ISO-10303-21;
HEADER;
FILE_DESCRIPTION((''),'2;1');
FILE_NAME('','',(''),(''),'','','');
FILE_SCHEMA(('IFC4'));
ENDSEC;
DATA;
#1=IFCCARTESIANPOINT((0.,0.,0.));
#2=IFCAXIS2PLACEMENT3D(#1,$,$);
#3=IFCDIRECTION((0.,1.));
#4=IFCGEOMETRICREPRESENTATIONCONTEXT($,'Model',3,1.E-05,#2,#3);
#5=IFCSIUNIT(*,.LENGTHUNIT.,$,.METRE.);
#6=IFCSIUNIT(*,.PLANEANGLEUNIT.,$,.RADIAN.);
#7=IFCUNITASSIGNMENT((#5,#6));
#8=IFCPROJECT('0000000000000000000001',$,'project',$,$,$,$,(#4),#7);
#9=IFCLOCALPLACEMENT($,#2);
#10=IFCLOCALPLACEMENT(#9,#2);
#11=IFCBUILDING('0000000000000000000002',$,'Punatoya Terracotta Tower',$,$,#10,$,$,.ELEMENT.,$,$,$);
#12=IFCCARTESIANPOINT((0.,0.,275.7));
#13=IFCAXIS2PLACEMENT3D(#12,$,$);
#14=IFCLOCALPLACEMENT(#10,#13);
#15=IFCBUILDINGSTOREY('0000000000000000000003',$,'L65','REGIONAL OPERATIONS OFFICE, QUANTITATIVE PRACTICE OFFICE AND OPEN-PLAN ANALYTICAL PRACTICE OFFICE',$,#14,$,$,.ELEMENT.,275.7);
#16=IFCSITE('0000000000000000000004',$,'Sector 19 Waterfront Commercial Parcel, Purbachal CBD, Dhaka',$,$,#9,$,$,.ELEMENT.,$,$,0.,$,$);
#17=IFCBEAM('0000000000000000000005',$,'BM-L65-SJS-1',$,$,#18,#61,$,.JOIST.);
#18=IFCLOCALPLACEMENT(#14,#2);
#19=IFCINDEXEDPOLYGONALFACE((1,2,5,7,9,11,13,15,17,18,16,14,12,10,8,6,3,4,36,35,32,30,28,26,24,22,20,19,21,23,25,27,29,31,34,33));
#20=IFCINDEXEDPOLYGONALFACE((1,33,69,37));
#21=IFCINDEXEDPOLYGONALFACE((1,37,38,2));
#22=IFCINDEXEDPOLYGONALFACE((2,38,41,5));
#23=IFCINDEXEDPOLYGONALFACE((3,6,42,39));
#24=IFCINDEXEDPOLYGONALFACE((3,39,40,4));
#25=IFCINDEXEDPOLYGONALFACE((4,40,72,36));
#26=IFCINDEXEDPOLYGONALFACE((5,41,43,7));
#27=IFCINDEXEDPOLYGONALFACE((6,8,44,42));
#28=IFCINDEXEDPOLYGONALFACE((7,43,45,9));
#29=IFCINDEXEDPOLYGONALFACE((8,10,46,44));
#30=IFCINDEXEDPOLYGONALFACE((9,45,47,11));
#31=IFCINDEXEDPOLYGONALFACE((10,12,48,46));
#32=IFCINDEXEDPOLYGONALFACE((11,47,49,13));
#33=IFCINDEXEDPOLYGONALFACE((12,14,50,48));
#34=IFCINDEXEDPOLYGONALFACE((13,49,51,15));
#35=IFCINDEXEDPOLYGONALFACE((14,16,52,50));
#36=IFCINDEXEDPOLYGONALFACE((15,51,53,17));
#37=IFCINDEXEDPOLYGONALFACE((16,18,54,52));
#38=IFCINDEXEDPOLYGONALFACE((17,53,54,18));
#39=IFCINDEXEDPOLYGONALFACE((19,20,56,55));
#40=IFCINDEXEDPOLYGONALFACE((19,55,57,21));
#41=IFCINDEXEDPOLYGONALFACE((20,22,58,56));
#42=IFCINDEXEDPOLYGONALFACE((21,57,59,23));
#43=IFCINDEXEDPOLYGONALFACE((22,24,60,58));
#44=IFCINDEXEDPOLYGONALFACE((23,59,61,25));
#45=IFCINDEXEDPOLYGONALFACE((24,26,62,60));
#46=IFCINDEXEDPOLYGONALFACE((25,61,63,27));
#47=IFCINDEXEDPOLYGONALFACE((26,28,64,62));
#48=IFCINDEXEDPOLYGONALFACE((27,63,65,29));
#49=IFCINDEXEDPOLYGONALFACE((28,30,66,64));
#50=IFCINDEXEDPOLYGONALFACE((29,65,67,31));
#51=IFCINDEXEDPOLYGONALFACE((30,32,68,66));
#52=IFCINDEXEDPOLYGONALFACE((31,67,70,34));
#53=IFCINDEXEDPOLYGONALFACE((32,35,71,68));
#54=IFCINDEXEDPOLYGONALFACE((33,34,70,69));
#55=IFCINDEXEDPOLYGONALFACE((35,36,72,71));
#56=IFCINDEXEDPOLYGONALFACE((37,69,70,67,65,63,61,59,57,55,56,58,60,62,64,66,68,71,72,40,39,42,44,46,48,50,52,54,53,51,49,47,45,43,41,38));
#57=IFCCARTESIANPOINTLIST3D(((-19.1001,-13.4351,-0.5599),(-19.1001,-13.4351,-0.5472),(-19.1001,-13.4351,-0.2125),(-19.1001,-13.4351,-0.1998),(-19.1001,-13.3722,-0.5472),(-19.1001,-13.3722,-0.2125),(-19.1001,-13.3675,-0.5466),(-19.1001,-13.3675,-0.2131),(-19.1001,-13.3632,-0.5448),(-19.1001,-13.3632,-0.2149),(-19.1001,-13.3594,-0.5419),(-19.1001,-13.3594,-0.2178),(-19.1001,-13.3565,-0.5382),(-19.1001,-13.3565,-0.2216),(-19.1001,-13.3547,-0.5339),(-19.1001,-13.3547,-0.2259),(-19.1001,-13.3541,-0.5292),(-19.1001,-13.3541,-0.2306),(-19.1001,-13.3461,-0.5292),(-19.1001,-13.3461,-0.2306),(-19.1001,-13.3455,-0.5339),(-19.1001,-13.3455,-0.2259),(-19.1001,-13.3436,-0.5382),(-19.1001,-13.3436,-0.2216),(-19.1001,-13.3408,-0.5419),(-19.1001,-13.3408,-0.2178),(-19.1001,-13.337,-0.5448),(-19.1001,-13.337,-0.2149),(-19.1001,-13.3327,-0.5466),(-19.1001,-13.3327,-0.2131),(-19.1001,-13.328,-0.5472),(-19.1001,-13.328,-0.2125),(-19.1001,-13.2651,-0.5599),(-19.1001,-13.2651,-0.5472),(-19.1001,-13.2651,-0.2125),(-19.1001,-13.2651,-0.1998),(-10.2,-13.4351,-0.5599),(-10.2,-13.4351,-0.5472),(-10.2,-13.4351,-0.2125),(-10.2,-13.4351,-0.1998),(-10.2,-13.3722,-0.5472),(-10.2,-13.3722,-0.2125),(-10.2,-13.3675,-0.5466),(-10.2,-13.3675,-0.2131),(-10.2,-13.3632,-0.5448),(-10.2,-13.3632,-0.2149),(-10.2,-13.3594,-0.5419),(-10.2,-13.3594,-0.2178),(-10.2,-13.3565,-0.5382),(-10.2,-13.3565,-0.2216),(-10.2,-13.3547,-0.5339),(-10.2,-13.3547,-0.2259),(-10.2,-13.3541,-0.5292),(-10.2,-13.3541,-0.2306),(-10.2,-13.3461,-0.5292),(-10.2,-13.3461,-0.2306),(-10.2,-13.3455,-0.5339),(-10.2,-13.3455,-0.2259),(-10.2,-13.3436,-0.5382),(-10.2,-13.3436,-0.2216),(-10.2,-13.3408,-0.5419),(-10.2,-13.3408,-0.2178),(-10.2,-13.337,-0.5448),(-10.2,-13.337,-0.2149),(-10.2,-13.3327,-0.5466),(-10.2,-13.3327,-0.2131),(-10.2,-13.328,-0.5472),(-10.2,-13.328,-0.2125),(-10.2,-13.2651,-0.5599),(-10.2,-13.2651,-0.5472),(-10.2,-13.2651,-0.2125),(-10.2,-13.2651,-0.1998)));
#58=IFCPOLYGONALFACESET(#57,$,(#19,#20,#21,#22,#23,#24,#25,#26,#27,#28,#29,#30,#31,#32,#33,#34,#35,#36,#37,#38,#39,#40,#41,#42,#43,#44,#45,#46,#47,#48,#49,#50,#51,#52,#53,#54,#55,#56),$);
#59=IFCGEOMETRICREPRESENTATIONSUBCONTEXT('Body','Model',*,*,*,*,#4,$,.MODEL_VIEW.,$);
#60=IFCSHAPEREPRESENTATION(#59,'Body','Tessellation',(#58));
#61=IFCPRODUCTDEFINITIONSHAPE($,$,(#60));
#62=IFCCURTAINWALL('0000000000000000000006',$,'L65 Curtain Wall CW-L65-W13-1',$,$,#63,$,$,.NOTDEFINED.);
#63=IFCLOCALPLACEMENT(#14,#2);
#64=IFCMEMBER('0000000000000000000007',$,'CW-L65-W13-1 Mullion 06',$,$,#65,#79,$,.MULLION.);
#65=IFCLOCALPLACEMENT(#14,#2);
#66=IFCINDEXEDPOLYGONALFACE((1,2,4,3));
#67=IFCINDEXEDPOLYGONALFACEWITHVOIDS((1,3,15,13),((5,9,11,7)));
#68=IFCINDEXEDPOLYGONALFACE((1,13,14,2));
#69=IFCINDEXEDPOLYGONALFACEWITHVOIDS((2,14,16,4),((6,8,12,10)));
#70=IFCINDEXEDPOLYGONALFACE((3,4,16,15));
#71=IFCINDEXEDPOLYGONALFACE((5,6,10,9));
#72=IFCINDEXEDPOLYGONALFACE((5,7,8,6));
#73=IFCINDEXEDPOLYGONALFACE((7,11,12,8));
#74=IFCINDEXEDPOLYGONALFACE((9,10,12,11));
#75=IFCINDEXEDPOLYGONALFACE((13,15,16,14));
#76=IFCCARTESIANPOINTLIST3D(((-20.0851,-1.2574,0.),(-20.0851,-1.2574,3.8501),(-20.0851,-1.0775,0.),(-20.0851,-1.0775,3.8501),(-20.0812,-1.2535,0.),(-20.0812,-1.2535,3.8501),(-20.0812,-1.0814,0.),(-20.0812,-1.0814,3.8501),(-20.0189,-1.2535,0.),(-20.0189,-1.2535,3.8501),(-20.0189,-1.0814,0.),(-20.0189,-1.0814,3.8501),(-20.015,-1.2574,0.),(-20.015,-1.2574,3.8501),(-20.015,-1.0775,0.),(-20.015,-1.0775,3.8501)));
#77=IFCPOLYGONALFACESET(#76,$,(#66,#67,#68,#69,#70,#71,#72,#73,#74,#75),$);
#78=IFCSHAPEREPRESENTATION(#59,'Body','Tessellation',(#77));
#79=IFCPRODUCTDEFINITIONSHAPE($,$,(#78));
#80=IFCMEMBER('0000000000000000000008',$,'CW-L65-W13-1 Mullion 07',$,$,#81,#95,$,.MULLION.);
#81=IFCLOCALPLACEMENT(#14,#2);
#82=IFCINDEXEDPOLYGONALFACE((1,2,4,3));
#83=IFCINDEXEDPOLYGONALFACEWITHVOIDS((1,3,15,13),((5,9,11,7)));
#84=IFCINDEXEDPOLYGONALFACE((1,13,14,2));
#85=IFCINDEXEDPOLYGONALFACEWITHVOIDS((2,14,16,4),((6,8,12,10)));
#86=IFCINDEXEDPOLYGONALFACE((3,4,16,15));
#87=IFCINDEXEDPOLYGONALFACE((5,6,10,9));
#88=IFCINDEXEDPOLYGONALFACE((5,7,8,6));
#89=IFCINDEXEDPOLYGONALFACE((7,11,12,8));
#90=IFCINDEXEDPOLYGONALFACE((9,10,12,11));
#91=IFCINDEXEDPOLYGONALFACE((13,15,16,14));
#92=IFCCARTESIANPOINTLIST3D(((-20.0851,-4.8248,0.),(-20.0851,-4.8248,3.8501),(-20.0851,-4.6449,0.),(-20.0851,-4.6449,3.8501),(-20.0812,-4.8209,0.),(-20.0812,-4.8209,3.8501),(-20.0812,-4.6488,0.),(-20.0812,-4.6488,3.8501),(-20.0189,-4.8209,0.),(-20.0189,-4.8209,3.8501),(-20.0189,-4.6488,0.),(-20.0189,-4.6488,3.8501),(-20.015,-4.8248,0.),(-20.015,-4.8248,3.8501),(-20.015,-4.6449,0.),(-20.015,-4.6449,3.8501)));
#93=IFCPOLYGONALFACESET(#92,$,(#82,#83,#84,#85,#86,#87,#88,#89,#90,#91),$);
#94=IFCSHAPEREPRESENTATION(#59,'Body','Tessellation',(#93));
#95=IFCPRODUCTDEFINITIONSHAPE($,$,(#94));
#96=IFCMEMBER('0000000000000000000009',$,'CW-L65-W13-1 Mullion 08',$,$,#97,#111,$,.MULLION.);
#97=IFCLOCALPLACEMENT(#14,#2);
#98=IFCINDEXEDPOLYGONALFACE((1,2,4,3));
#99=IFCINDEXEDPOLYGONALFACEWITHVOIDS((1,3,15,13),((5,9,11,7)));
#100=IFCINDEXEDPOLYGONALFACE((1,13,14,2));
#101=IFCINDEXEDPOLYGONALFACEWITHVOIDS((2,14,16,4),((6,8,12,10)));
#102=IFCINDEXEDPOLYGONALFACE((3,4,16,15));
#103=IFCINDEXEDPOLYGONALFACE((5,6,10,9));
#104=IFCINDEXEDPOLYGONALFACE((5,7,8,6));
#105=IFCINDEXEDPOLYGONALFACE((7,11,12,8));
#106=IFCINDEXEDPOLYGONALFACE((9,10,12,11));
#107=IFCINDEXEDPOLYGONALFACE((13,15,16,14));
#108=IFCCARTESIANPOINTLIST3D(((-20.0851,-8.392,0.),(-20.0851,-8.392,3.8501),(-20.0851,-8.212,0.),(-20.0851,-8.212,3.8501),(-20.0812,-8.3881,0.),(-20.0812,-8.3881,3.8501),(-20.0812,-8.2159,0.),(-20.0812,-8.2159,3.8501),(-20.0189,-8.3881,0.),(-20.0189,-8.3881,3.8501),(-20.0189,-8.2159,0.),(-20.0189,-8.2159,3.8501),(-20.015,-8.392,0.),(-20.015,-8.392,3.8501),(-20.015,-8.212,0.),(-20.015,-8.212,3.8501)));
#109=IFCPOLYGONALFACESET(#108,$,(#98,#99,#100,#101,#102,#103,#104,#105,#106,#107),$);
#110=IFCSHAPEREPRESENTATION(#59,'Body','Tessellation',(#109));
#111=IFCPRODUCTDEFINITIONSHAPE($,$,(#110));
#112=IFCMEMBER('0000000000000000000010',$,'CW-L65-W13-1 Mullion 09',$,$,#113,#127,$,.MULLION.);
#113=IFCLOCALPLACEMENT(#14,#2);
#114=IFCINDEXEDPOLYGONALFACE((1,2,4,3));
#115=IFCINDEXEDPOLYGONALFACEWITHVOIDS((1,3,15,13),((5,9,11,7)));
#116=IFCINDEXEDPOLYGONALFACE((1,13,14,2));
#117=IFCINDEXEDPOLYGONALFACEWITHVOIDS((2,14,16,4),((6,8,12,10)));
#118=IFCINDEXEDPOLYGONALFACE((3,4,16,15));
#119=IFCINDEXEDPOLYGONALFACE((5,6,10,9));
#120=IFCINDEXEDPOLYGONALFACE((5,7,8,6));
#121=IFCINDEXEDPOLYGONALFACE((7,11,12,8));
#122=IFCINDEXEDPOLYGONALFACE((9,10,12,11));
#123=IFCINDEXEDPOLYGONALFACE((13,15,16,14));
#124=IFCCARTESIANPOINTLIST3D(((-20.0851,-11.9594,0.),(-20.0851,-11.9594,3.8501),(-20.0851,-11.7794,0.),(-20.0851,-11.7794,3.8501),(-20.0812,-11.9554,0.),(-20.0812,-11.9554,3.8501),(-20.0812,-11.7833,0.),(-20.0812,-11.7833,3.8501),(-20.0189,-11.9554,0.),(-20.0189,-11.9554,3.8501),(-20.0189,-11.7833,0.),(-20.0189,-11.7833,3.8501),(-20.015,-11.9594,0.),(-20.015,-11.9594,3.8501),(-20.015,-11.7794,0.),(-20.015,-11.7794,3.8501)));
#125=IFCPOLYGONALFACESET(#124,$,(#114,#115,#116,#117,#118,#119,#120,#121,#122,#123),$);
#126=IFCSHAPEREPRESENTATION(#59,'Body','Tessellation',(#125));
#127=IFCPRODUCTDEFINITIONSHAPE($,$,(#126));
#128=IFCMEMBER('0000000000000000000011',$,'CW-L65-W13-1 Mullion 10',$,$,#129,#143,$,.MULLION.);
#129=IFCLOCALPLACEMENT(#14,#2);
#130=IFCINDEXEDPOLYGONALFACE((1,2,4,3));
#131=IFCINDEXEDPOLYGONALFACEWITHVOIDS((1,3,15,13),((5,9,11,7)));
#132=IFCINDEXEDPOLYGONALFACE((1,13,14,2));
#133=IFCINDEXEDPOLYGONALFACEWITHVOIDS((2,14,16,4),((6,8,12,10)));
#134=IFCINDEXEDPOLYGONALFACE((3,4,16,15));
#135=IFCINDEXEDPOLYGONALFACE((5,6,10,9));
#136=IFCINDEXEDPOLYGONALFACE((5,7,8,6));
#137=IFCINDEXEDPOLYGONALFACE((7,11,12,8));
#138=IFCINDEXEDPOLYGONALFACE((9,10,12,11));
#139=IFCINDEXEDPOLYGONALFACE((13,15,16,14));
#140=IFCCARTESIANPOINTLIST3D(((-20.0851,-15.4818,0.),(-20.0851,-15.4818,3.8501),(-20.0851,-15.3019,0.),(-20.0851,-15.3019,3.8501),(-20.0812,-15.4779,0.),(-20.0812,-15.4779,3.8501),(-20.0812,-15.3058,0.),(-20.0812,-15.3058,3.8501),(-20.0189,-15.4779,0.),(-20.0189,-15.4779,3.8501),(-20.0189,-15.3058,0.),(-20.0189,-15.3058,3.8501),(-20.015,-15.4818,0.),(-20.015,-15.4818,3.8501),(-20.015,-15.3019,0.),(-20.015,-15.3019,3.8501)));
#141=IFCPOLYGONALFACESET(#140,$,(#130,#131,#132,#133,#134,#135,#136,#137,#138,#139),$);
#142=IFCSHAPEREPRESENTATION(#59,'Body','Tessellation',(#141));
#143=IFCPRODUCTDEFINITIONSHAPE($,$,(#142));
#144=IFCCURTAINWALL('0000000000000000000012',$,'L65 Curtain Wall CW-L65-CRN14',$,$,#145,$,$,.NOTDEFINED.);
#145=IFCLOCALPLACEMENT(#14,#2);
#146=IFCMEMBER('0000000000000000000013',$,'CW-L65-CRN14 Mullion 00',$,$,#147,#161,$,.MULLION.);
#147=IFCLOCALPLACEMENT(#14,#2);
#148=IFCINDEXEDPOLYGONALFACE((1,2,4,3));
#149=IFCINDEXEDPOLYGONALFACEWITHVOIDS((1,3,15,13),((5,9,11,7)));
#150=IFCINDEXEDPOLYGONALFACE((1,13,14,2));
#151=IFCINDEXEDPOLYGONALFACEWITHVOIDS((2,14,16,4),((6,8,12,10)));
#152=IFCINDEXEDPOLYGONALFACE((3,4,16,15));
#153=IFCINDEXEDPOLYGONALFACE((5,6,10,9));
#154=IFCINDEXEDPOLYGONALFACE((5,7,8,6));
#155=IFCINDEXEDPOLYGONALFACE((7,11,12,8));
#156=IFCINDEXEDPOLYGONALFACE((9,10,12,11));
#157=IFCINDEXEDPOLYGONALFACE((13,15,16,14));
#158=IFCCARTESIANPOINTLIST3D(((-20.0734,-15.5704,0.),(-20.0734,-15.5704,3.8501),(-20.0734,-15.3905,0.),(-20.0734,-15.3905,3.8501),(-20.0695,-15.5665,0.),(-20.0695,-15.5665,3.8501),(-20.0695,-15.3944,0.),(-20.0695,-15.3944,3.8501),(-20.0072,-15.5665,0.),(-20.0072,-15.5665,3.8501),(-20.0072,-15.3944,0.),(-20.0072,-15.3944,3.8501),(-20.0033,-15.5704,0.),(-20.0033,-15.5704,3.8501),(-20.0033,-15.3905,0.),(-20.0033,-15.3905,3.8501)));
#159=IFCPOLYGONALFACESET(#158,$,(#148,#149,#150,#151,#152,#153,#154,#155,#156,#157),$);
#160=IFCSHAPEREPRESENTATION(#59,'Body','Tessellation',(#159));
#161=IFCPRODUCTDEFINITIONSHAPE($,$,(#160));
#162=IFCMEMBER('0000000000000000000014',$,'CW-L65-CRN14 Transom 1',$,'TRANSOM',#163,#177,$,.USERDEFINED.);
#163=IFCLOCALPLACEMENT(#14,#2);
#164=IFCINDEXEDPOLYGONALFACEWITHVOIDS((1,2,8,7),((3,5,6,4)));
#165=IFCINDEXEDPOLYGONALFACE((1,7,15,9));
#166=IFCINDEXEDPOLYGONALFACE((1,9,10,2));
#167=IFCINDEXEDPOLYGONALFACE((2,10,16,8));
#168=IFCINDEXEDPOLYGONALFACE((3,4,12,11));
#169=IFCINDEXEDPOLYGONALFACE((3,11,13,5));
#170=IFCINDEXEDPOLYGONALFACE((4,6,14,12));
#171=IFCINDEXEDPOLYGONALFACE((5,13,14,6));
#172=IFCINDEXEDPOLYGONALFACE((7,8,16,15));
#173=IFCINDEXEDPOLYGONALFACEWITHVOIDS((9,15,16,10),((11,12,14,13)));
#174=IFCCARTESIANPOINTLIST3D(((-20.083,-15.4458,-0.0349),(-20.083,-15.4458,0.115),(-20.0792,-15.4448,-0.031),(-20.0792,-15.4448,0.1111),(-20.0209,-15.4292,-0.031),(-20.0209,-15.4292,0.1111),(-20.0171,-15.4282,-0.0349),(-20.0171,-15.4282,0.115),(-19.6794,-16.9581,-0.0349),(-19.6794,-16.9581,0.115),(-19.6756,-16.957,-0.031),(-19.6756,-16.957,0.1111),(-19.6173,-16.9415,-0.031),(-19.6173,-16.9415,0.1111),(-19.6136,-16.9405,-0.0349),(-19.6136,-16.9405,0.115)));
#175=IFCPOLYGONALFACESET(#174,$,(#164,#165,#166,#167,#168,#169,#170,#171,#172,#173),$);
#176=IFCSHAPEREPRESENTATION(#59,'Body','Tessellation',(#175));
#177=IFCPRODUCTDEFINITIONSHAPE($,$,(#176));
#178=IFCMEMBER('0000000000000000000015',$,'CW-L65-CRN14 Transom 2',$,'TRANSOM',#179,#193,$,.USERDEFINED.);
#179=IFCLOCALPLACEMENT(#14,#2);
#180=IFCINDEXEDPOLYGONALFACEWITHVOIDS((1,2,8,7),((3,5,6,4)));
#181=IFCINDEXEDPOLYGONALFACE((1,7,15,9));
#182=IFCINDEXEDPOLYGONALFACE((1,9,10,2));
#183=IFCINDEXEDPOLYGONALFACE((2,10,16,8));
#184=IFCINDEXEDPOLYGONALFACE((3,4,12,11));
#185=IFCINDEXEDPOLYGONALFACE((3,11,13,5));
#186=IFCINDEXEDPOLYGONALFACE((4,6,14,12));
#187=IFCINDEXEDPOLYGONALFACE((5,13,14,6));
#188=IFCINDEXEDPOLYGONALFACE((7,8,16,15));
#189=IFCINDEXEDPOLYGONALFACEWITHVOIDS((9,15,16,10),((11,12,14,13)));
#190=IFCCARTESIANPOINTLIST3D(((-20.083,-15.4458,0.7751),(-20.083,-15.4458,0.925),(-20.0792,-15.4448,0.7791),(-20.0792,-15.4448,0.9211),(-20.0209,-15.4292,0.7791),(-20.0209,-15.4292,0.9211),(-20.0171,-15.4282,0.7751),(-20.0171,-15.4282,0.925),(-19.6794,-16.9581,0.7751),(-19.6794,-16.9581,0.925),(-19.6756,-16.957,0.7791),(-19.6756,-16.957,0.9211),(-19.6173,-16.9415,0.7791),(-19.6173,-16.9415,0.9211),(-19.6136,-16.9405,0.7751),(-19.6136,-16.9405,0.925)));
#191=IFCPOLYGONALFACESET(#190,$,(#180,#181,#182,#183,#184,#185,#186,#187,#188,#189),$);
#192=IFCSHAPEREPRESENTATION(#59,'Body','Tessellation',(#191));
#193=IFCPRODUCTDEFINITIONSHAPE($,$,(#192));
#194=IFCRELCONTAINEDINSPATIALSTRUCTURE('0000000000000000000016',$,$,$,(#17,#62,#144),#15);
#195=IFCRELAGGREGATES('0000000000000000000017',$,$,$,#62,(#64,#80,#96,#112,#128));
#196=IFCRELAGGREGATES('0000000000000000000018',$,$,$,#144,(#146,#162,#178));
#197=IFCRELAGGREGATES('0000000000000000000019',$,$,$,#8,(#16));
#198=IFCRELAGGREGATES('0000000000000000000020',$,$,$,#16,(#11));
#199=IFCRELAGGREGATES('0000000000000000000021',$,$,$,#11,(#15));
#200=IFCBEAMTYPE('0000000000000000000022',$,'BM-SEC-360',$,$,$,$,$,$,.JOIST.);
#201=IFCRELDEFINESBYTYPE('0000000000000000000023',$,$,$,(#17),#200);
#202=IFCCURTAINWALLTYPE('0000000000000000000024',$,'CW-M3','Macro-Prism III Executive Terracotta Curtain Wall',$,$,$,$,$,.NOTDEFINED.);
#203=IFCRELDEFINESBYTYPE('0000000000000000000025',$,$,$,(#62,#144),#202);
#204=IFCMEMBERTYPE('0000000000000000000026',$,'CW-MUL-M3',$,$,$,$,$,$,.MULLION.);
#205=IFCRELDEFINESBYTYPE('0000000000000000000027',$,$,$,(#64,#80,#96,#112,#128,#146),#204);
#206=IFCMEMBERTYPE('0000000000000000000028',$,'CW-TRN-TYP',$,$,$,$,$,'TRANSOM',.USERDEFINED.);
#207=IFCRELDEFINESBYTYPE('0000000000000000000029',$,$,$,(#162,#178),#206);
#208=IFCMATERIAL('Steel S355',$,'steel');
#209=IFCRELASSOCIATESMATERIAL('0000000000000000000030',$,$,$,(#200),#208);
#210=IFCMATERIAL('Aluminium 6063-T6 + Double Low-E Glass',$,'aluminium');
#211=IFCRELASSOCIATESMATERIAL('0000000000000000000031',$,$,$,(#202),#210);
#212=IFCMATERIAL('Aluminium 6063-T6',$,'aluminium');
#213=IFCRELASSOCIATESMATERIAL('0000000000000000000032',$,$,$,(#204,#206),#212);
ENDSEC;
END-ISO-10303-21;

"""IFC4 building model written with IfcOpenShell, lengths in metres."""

from ifc_helpers import new_model, si_unit, direction, frame, origin, origin_2d, place, context, subcontext, project, spatial, hollow_rectangle, i_section, extrude, material, material_profile, profile_set, type_object, element, aggregate, save


model = new_model("IFC4")

# Units and contexts
model_context = context("Model", 3, precision=1e-05, world=origin(), true_north=direction((0.0, 1.0)))
body_context = subcontext(model_context, "Body", "Model", "MODEL_VIEW")
ifc_project = project(units=[si_unit("LENGTHUNIT", "METRE"), si_unit("PLANEANGLEUNIT", "RADIAN")], contexts=[model_context])

# Site, building, storey
site_placement = place(None, origin())
site = spatial("IfcSite", under=ifc_project, at=site_placement, Name="Sector 19 Waterfront Commercial Parcel, Purbachal CBD, Dhaka", CompositionType="ELEMENT", RefElevation=0.0)
building_placement = place(site_placement, origin())
building = spatial("IfcBuilding", under=site, at=building_placement, Name="Punatoya Terracotta Tower", CompositionType="ELEMENT")
storey_placement = place(building_placement, frame((0.0, 0.0, 275.7)))
storey = spatial("IfcBuildingStorey", under=building, at=storey_placement, Name="L65", Description="REGIONAL OPERATIONS OFFICE, QUANTITATIVE PRACTICE OFFICE AND OPEN-PLAN ANALYTICAL PRACTICE OFFICE", CompositionType="ELEMENT", Elevation=275.7)

# Beam
ifc_material_1 = material(Name="Steel S355", Category="steel")
ifc_material_profile_1 = material_profile(ifc_material_1, i_section(OverallWidth=0.1699, OverallDepth=0.3601, WebThickness=0.0081, FlangeThickness=0.0127, FilletRadius=0.0181, at=origin_2d()))
ifc_profile_set_1 = profile_set([ifc_material_profile_1], Name="Steel S355")
beam_type_1 = type_object("IfcBeamType", Name="BM-SEC-360", PredefinedType="JOIST", material=ifc_profile_set_1)
beam_1_placement = place(storey_placement, frame((-19.1001, -13.3501, -0.3799), z_axis=(1.0, 0.0, 0.0), x_axis=(0.0, 1.0, 0.0)))
element("IfcBeam", 1, at=beam_1_placement, inside=storey, type_object=beam_type_1, Name="BM-L65-SJS-1", PredefinedType="JOIST", context=body_context, shape_type="SweptSolid", body=[
    extrude(i_section(OverallWidth=0.1699, OverallDepth=0.3601, WebThickness=0.0081, FlangeThickness=0.0127, FilletRadius=0.0181, at=origin_2d()), origin(), (0.0, 0.0, 1.0), 8.9001),
])

# Curtain walls, members
ifc_material_2 = material(Name="Aluminium 6063-T6 + Double Low-E Glass", Category="aluminium")
curtain_wall_type = type_object("IfcCurtainWallType", Name="CW-M3", Description="Macro-Prism III Executive Terracotta Curtain Wall", PredefinedType="NOTDEFINED", material=ifc_material_2)
curtain_wall_1_placement = place(storey_placement, origin())
curtain_wall_1 = element("IfcCurtainWall", 2, at=curtain_wall_1_placement, inside=storey, type_object=curtain_wall_type, Name="L65 Curtain Wall CW-L65-W13-1", PredefinedType="NOTDEFINED")
ifc_material_3 = material(Name="Aluminium 6063-T6", Category="aluminium")
ifc_material_profile_2 = material_profile(ifc_material_3, hollow_rectangle(XDim=0.0701, YDim=0.1799, WallThickness=0.0039, at=origin_2d()))
ifc_profile_set_2 = profile_set([ifc_material_profile_2], Name="Aluminium 6063-T6")
member_type_1 = type_object("IfcMemberType", Name="CW-MUL-M3", PredefinedType="MULLION", material=ifc_profile_set_2)
member_1_placement = place(storey_placement, frame((-20.05, -1.1675, 0.0), z_axis=(0.0, 0.0, 1.0), x_axis=(1.0, 0.0, 0.0)))
member_1 = element("IfcMember", 3, at=member_1_placement, type_object=member_type_1, Name="CW-L65-W13-1 Mullion 06", PredefinedType="MULLION", context=body_context, shape_type="SweptSolid", body=[
    extrude(hollow_rectangle(XDim=0.0701, YDim=0.1799, WallThickness=0.0039, at=origin_2d()), origin(), (0.0, 0.0, 1.0), 3.8501),
])
member_2_placement = place(storey_placement, frame((-20.05, -4.7349, 0.0), z_axis=(0.0, 0.0, 1.0), x_axis=(1.0, 0.0, 0.0)))
member_2 = element("IfcMember", 4, at=member_2_placement, type_object=member_type_1, Name="CW-L65-W13-1 Mullion 07", PredefinedType="MULLION", context=body_context, shape_type="SweptSolid", body=[
    extrude(hollow_rectangle(XDim=0.0701, YDim=0.1799, WallThickness=0.0039, at=origin_2d()), origin(), (0.0, 0.0, 1.0), 3.8501),
])
member_3_placement = place(storey_placement, frame((-20.05, -8.302, 0.0), z_axis=(0.0, 0.0, 1.0), x_axis=(1.0, 0.0, 0.0)))
member_3 = element("IfcMember", 5, at=member_3_placement, type_object=member_type_1, Name="CW-L65-W13-1 Mullion 08", PredefinedType="MULLION", context=body_context, shape_type="SweptSolid", body=[
    extrude(hollow_rectangle(XDim=0.0701, YDim=0.1799, WallThickness=0.0039, at=origin_2d()), origin(), (0.0, 0.0, 1.0), 3.8501),
])
member_4_placement = place(storey_placement, frame((-20.05, -11.8694, 0.0), z_axis=(0.0, 0.0, 1.0), x_axis=(1.0, 0.0, 0.0)))
member_4 = element("IfcMember", 6, at=member_4_placement, type_object=member_type_1, Name="CW-L65-W13-1 Mullion 09", PredefinedType="MULLION", context=body_context, shape_type="SweptSolid", body=[
    extrude(hollow_rectangle(XDim=0.0701, YDim=0.1799, WallThickness=0.0039, at=origin_2d()), origin(), (0.0, 0.0, 1.0), 3.8501),
])
member_5_placement = place(storey_placement, frame((-20.05, -15.3918, 0.0), z_axis=(0.0, 0.0, 1.0), x_axis=(1.0, 0.0, 0.0)))
member_5 = element("IfcMember", 7, at=member_5_placement, type_object=member_type_1, Name="CW-L65-W13-1 Mullion 10", PredefinedType="MULLION", context=body_context, shape_type="SweptSolid", body=[
    extrude(hollow_rectangle(XDim=0.0701, YDim=0.1799, WallThickness=0.0039, at=origin_2d()), origin(), (0.0, 0.0, 1.0), 3.8501),
])
curtain_wall_2_placement = place(storey_placement, origin())
curtain_wall_2 = element("IfcCurtainWall", 8, at=curtain_wall_2_placement, inside=storey, type_object=curtain_wall_type, Name="L65 Curtain Wall CW-L65-CRN14", PredefinedType="NOTDEFINED")
member_6_placement = place(storey_placement, frame((-20.0383, -15.4805, 0.0), z_axis=(0.0, 0.0, 1.0), x_axis=(1.0, 0.0, 0.0)))
member_6 = element("IfcMember", 9, at=member_6_placement, type_object=member_type_1, Name="CW-L65-CRN14 Mullion 00", PredefinedType="MULLION", context=body_context, shape_type="SweptSolid", body=[
    extrude(hollow_rectangle(XDim=0.0701, YDim=0.1799, WallThickness=0.0039, at=origin_2d()), origin(), (0.0, 0.0, 1.0), 3.8501),
])
ifc_material_profile_3 = material_profile(ifc_material_3, hollow_rectangle(XDim=0.0681, YDim=0.1499, WallThickness=0.0039, at=origin_2d()))
ifc_profile_set_3 = profile_set([ifc_material_profile_3], Name="Aluminium 6063-T6")
member_type_2 = type_object("IfcMemberType", Name="CW-TRN-TYP", ElementType="TRANSOM", PredefinedType="USERDEFINED", material=ifc_profile_set_3)
member_7_placement = place(storey_placement, frame((-20.05, -15.437, 0.04), z_axis=(0.257847, -0.966186, 0.0), x_axis=(0.966186, 0.257847, 0.0)))
member_7 = element("IfcMember", 10, at=member_7_placement, type_object=member_type_2, Name="CW-L65-CRN14 Transom 1", ObjectType="TRANSOM", PredefinedType="USERDEFINED", context=body_context, shape_type="SweptSolid", body=[
    extrude(hollow_rectangle(XDim=0.0681, YDim=0.1499, WallThickness=0.0039, at=origin_2d()), origin(), (0.0, 0.0, 1.0), 1.5652),
])
member_8_placement = place(storey_placement, frame((-20.05, -15.437, 0.8501), z_axis=(0.257847, -0.966186, 0.0), x_axis=(0.966186, 0.257847, 0.0)))
member_8 = element("IfcMember", 11, at=member_8_placement, type_object=member_type_2, Name="CW-L65-CRN14 Transom 2", ObjectType="TRANSOM", PredefinedType="USERDEFINED", context=body_context, shape_type="SweptSolid", body=[
    extrude(hollow_rectangle(XDim=0.0681, YDim=0.1499, WallThickness=0.0039, at=origin_2d()), origin(), (0.0, 0.0, 1.0), 1.5652),
])

aggregate(curtain_wall_1, [member_1, member_2, member_3, member_4, member_5])
aggregate(curtain_wall_2, [member_6, member_7, member_8])

save(model, "model.ifc")
